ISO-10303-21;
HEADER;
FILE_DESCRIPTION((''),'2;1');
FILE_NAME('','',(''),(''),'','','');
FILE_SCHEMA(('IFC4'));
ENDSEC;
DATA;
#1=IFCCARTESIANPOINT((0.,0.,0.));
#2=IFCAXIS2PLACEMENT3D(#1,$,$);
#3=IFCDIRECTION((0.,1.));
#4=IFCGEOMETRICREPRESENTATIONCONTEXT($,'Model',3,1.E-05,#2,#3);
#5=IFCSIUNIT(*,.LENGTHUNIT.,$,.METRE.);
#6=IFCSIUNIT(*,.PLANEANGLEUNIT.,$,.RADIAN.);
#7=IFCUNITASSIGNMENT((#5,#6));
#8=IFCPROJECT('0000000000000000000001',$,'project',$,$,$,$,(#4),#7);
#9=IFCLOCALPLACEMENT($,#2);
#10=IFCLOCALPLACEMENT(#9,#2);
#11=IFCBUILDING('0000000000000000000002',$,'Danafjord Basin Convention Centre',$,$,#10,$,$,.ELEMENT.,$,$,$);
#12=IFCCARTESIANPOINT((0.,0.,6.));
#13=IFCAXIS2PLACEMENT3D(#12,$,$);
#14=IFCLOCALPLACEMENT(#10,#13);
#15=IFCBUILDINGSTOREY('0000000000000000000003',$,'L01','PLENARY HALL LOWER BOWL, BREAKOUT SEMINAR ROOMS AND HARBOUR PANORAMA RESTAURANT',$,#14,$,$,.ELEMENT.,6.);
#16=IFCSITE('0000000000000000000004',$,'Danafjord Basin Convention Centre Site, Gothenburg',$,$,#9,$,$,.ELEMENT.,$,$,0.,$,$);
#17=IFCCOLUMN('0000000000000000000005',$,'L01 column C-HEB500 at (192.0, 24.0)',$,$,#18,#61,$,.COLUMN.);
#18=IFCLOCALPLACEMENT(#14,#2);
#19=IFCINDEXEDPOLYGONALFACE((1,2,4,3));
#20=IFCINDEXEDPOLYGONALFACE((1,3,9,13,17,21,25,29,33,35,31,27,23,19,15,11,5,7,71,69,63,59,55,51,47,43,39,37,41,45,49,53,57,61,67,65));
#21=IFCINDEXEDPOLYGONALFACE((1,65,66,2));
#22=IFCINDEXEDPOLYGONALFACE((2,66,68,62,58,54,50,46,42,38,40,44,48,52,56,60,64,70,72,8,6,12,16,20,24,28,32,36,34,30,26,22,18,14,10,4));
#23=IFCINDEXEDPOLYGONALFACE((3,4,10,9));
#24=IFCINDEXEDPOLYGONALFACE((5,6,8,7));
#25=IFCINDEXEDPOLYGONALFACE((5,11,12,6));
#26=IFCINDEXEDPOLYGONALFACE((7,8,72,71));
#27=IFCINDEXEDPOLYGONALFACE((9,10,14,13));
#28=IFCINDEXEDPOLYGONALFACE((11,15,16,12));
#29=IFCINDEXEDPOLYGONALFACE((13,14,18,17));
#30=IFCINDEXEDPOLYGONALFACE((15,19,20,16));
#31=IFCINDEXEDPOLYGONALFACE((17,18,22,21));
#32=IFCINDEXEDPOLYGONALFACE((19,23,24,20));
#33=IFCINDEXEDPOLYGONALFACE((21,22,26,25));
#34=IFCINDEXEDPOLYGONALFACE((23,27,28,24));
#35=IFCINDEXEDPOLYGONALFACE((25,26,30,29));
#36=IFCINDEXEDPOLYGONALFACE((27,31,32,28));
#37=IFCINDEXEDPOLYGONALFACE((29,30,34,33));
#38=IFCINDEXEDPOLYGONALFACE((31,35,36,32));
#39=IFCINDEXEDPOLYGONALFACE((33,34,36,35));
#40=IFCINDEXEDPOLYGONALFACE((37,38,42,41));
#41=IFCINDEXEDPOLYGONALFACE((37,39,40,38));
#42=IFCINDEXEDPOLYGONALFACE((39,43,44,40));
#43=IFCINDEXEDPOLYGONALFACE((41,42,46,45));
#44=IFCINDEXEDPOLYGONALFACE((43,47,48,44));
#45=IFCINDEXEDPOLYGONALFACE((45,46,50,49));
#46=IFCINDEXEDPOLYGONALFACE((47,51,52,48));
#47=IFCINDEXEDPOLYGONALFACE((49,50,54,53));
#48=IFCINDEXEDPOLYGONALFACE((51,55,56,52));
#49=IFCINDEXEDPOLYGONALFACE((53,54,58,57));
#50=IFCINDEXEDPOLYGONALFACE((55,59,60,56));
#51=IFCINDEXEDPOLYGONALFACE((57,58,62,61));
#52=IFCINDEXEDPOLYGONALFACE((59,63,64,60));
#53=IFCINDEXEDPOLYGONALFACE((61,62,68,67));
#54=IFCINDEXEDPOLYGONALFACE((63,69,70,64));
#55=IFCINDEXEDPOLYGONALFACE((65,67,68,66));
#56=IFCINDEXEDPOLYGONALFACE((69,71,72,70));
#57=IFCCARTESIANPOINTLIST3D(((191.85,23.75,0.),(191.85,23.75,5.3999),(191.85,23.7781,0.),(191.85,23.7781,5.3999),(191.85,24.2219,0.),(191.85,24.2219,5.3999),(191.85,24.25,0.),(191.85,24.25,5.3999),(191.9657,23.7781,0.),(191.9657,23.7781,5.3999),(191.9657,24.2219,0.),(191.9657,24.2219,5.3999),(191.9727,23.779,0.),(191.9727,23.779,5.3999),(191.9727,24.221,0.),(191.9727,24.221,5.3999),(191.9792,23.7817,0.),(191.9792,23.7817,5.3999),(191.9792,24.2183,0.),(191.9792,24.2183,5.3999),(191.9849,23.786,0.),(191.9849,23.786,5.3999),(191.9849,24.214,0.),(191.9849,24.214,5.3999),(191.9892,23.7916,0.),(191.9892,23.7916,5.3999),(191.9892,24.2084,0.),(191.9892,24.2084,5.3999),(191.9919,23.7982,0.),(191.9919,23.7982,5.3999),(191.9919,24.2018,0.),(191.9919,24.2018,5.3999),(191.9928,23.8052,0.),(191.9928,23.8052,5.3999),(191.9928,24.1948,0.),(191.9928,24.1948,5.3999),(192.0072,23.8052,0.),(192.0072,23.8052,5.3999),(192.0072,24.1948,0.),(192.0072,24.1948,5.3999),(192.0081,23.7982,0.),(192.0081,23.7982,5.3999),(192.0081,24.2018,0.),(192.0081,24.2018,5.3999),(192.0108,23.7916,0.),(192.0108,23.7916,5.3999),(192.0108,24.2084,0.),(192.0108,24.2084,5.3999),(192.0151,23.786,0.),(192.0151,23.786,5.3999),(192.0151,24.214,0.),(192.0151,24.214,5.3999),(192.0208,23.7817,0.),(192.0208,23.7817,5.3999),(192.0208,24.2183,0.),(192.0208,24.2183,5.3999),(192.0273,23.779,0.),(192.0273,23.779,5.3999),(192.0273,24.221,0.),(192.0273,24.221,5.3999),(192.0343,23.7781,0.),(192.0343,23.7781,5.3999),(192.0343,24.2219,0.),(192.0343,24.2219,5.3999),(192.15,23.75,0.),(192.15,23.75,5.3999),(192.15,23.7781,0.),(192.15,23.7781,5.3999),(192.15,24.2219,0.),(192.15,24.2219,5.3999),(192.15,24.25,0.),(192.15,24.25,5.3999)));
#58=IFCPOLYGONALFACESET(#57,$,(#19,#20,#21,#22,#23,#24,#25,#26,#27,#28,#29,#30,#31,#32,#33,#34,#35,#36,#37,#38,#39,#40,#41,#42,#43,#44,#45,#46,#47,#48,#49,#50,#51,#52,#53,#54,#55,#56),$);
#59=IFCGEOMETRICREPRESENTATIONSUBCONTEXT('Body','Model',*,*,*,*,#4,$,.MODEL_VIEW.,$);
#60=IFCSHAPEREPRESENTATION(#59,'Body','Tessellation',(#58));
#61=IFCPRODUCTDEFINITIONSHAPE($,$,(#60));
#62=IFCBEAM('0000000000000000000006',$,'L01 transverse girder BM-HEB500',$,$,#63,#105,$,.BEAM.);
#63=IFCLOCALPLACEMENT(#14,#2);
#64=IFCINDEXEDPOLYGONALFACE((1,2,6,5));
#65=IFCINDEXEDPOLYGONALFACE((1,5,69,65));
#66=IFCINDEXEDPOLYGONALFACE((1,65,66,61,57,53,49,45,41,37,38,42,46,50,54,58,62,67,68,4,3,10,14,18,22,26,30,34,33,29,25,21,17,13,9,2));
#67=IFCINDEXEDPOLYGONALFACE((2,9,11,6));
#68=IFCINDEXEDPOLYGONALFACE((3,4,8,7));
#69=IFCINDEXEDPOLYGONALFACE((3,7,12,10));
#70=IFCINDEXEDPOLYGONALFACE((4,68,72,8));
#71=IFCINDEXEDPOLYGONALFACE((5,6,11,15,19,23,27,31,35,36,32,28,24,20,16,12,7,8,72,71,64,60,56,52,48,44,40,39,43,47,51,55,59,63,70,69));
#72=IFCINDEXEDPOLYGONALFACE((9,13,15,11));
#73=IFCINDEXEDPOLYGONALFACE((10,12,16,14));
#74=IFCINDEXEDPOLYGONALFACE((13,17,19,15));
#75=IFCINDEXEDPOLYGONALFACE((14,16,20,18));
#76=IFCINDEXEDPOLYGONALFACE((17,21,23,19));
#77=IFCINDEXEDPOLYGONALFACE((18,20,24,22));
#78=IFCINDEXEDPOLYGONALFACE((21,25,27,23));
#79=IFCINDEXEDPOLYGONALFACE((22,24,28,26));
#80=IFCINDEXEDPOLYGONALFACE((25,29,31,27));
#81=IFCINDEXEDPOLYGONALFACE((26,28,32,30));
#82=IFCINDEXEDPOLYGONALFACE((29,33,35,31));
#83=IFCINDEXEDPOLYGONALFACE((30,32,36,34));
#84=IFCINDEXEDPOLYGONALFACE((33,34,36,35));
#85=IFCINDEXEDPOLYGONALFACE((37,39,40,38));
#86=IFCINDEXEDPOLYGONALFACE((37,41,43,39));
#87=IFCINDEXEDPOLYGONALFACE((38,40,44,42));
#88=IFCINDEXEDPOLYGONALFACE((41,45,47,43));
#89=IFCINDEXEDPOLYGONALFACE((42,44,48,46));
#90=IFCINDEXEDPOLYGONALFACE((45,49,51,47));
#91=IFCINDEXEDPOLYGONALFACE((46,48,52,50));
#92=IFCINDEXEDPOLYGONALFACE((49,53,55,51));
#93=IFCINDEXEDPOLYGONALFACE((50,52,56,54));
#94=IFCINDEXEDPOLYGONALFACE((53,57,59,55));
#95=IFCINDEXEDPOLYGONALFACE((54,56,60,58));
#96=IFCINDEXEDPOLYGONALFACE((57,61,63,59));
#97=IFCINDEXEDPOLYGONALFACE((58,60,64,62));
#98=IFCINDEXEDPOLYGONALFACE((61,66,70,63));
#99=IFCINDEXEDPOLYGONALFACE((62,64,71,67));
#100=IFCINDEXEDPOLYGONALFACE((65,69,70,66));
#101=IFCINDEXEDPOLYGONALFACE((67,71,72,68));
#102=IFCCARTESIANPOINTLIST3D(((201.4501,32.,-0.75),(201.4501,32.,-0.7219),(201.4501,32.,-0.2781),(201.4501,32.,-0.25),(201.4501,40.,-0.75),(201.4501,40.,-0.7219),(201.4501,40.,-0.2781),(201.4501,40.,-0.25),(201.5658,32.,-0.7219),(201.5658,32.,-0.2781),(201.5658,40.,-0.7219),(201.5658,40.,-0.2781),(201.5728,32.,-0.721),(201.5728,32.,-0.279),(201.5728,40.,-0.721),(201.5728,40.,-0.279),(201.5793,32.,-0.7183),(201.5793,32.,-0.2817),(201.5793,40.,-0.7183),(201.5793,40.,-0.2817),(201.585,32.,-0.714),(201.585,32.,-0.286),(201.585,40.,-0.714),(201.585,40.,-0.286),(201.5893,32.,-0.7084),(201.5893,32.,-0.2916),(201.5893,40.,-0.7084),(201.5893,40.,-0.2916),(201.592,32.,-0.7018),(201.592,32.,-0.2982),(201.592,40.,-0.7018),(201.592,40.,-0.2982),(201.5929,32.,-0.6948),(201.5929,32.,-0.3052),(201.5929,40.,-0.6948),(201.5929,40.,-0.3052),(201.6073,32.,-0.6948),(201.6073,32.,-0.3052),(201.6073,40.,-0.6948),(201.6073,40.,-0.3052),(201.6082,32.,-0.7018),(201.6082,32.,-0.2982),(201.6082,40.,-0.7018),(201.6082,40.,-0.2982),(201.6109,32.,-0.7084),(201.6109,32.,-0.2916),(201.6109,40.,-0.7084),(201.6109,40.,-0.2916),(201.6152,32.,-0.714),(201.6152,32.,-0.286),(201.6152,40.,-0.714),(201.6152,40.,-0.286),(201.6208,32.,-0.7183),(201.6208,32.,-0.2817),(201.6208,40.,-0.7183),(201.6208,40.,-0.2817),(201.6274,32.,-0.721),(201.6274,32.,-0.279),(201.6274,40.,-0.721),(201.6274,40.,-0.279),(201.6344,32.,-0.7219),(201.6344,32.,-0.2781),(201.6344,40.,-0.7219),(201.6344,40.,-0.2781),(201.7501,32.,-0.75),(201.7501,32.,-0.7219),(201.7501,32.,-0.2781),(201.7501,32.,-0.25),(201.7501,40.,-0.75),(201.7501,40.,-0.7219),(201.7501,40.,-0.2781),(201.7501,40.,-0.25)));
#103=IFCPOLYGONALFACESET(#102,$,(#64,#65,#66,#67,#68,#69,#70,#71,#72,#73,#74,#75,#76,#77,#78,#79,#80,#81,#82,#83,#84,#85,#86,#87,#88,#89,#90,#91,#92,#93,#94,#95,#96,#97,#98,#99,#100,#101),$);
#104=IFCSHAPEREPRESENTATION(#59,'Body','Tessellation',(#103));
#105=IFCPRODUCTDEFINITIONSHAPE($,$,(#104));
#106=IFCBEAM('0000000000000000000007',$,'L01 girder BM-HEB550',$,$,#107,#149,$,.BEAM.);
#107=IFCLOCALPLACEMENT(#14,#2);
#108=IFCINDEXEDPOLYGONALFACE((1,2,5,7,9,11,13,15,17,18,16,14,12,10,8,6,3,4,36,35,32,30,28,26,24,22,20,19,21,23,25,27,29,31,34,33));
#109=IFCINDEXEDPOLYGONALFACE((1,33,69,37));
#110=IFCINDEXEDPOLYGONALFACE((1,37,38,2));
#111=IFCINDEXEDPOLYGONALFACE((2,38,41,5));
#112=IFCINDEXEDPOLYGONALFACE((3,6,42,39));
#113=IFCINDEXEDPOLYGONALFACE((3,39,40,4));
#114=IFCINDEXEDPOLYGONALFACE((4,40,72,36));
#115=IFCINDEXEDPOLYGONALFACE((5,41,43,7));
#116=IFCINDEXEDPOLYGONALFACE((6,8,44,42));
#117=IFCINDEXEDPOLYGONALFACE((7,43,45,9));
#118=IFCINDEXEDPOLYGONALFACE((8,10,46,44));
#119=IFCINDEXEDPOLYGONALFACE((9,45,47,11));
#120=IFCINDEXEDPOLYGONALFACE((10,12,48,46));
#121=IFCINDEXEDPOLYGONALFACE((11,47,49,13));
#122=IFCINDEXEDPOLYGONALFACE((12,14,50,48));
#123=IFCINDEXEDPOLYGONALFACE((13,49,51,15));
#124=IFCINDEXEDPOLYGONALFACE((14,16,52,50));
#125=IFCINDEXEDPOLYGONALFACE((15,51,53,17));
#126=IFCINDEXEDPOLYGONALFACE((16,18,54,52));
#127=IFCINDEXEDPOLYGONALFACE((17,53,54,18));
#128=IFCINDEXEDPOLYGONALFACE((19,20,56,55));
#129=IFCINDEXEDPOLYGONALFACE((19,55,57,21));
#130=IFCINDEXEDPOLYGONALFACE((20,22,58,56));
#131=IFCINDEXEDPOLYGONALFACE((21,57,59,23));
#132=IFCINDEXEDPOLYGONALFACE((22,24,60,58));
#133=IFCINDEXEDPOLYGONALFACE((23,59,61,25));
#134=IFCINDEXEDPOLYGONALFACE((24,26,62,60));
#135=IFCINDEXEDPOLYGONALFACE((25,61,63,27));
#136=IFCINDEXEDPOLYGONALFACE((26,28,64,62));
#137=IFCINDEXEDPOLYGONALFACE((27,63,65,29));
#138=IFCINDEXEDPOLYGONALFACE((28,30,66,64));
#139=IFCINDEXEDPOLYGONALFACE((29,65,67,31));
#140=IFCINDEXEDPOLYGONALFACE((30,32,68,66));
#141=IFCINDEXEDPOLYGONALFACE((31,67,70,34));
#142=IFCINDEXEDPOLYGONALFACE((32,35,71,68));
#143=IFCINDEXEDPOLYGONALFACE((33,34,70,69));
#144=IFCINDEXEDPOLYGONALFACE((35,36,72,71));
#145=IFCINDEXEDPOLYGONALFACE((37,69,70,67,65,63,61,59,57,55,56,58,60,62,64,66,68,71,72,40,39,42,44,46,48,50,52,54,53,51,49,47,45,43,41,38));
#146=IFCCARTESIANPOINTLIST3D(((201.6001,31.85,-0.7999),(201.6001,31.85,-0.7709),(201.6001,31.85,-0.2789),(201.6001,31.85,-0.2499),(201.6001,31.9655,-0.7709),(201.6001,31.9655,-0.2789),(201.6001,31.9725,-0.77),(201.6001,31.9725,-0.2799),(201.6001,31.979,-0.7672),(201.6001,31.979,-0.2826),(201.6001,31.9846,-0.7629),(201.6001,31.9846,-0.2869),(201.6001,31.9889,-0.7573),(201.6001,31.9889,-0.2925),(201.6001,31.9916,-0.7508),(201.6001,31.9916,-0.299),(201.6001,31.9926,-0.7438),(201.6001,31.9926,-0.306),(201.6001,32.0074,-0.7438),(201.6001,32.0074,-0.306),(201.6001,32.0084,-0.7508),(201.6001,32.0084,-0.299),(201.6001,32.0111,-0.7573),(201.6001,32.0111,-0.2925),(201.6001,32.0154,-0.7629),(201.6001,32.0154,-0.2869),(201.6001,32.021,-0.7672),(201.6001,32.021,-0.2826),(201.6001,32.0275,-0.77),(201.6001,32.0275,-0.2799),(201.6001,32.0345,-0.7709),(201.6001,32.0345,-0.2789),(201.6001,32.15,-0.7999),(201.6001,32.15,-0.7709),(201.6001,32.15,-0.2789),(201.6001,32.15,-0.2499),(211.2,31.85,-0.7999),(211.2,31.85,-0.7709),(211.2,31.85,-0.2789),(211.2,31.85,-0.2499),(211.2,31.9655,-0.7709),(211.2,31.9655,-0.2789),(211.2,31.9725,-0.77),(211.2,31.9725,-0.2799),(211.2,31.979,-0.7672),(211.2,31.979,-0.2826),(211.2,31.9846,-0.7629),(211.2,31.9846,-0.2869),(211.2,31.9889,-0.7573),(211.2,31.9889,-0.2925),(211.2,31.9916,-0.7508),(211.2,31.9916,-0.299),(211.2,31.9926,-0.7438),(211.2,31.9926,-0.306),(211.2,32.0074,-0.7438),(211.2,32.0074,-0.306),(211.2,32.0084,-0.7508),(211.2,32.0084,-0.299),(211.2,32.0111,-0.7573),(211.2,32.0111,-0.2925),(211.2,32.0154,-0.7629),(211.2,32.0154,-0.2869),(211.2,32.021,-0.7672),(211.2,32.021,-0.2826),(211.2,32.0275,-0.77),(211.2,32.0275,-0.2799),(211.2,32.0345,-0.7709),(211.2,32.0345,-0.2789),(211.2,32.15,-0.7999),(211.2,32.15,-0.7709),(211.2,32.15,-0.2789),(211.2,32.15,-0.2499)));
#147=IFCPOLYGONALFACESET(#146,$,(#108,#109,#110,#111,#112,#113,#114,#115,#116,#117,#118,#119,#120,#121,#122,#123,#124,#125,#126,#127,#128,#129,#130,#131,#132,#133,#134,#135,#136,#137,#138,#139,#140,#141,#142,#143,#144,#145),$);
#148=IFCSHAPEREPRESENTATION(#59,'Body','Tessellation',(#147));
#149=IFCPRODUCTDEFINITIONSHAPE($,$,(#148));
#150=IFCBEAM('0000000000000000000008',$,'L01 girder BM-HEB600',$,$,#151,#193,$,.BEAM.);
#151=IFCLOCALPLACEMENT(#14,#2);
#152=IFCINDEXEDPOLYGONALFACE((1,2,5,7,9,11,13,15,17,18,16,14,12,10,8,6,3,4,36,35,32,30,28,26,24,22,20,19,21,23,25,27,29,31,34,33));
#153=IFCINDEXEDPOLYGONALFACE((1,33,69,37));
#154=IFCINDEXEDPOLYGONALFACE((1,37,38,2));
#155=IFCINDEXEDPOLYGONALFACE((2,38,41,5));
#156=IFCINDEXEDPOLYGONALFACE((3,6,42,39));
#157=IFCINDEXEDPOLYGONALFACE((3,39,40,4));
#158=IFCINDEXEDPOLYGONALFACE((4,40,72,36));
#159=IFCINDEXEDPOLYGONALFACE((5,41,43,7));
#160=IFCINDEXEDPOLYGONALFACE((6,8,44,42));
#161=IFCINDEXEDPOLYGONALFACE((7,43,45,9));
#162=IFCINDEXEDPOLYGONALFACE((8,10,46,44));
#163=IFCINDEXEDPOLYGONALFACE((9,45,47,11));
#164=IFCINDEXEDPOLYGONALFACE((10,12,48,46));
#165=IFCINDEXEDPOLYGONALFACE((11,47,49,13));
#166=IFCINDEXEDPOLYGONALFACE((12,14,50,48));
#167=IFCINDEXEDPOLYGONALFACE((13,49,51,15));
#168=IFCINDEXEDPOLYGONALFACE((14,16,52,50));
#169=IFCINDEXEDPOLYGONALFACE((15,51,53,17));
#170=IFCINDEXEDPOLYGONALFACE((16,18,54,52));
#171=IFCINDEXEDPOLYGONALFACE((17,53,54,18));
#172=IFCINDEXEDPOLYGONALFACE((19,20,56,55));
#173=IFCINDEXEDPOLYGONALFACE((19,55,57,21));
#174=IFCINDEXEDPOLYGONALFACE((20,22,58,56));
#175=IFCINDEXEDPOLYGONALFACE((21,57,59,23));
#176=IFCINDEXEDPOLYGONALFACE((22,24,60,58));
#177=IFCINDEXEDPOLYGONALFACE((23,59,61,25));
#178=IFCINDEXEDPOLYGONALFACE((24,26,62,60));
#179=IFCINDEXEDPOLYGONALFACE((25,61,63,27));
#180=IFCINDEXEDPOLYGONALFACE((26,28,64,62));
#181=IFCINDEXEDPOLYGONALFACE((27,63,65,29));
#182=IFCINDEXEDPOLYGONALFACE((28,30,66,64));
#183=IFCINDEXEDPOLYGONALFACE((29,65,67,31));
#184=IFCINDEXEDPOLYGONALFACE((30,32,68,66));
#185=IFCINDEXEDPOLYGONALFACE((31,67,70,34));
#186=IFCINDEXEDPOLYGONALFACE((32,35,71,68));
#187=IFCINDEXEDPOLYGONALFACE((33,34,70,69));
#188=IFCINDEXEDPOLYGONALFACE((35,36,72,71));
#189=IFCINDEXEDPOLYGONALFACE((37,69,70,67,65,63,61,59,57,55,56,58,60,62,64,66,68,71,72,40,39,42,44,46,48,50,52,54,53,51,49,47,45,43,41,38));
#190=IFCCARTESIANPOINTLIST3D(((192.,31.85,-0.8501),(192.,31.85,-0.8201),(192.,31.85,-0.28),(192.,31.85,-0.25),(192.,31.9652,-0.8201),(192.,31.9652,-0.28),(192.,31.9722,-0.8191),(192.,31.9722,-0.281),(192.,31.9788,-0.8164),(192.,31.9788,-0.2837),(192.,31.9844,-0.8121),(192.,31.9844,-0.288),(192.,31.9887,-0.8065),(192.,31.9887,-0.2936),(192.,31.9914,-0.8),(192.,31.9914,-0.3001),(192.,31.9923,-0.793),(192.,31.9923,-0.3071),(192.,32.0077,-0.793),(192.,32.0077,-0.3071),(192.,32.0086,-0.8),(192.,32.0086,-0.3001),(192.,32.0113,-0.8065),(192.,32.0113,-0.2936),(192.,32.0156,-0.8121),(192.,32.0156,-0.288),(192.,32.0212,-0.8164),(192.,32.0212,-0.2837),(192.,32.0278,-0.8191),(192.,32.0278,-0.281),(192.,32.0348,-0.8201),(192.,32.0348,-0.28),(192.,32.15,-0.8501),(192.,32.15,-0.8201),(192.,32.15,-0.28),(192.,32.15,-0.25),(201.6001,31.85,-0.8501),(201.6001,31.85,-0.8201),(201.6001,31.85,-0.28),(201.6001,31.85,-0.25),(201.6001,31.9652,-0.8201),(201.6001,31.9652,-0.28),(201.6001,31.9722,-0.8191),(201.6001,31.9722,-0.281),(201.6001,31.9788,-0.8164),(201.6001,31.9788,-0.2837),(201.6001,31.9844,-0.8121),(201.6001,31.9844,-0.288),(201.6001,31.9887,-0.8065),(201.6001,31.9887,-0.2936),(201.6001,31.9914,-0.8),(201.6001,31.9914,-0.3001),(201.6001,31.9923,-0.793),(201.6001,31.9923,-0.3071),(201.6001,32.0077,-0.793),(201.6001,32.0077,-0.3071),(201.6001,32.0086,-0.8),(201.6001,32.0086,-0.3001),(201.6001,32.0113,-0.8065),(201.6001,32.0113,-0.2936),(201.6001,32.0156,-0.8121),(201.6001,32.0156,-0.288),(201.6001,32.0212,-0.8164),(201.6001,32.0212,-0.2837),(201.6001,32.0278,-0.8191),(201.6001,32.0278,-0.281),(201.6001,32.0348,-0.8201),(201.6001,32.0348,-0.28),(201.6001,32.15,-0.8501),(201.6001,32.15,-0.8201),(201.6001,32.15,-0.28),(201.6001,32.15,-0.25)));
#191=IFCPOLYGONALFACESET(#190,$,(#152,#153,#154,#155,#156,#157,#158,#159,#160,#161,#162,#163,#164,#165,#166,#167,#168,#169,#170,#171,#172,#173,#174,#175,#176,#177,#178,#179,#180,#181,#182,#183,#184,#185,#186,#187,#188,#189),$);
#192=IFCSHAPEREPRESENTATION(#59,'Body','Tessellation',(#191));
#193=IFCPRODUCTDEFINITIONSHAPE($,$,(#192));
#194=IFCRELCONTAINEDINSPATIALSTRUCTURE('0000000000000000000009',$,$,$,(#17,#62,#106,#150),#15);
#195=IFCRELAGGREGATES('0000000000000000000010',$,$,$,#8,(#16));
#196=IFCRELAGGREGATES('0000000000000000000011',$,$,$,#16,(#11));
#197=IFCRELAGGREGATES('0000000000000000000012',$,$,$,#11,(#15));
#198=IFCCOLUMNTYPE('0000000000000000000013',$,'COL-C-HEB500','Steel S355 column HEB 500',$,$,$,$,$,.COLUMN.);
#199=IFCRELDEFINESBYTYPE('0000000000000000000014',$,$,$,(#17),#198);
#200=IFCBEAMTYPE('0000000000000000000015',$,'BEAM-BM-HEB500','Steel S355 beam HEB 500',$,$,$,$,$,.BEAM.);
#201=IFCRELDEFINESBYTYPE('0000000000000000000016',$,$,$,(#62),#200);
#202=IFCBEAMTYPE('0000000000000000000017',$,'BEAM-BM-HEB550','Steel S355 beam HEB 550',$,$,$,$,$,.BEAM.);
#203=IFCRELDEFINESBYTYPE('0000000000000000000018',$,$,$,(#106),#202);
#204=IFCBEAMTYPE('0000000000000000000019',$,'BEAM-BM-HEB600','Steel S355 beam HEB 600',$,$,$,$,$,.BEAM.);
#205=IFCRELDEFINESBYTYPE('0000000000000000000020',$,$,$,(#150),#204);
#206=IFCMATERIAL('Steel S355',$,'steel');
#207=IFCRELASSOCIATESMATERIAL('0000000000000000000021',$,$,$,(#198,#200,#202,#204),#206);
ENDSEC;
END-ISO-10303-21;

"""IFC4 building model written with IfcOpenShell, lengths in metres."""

from ifc_helpers import new_model, si_unit, direction, frame, origin, origin_2d, place, context, subcontext, project, spatial, i_section, extrude, material, material_profile, profile_set, type_object, element, save


model = new_model("IFC4")

# Units and contexts
model_context = context("Model", 3, precision=1e-05, world=origin(), true_north=direction((0.0, 1.0)))
body_context = subcontext(model_context, "Body", "Model", "MODEL_VIEW")
ifc_project = project(units=[si_unit("LENGTHUNIT", "METRE"), si_unit("PLANEANGLEUNIT", "RADIAN")], contexts=[model_context])

# Site, building, storey
site_placement = place(None, origin())
site = spatial("IfcSite", under=ifc_project, at=site_placement, Name="Danafjord Basin Convention Centre Site, Gothenburg", CompositionType="ELEMENT", RefElevation=0.0)
building_placement = place(site_placement, origin())
building = spatial("IfcBuilding", under=site, at=building_placement, Name="Danafjord Basin Convention Centre", CompositionType="ELEMENT")
storey_placement = place(building_placement, frame((0.0, 0.0, 6.0)))
storey = spatial("IfcBuildingStorey", under=building, at=storey_placement, Name="L01", Description="PLENARY HALL LOWER BOWL, BREAKOUT SEMINAR ROOMS AND HARBOUR PANORAMA RESTAURANT", CompositionType="ELEMENT", Elevation=6.0)

# Column
ifc_material_1 = material(Name="Steel S355", Category="steel")
ifc_material_profile_1 = material_profile(ifc_material_1, i_section(OverallWidth=0.3, OverallDepth=0.5, WebThickness=0.0144, FlangeThickness=0.0281, FilletRadius=0.0271, at=origin_2d()), Name="HEB 500")
ifc_profile_set_1 = profile_set([ifc_material_profile_1], Name="Steel S355")
column_type_1 = type_object("IfcColumnType", Name="COL-C-HEB500", Description="Steel S355 column HEB 500", PredefinedType="COLUMN", material=ifc_profile_set_1)
column_1_placement = place(storey_placement, frame((192.0, 24.0, 0.0), z_axis=(0.0, 0.0, 1.0), x_axis=(1.0, 0.0, 0.0)))
element("IfcColumn", 1, at=column_1_placement, inside=storey, type_object=column_type_1, Name="L01 column C-HEB500 at (192.0, 24.0)", PredefinedType="COLUMN", context=body_context, shape_type="SweptSolid", body=[
    extrude(i_section(OverallWidth=0.3, OverallDepth=0.5, WebThickness=0.0144, FlangeThickness=0.0281, FilletRadius=0.0271, at=origin_2d()), origin(), (0.0, 0.0, 1.0), 5.3999),
])

# Beams
ifc_material_profile_2 = material_profile(ifc_material_1, i_section(OverallWidth=0.3, OverallDepth=0.5, WebThickness=0.0144, FlangeThickness=0.0281, FilletRadius=0.0271, at=origin_2d()), Name="HEB 500")
ifc_profile_set_2 = profile_set([ifc_material_profile_2], Name="Steel S355")
beam_type_1 = type_object("IfcBeamType", Name="BEAM-BM-HEB500", Description="Steel S355 beam HEB 500", PredefinedType="BEAM", material=ifc_profile_set_2)
beam_1_placement = place(storey_placement, frame((201.6001, 32.0, -0.5), z_axis=(0.0, 1.0, 0.0), x_axis=(-1.0, 0.0, 0.0)))
element("IfcBeam", 2, at=beam_1_placement, inside=storey, type_object=beam_type_1, Name="L01 transverse girder BM-HEB500", PredefinedType="BEAM", context=body_context, shape_type="SweptSolid", body=[
    extrude(i_section(OverallWidth=0.3, OverallDepth=0.5, WebThickness=0.0144, FlangeThickness=0.0281, FilletRadius=0.0271, at=origin_2d()), origin(), (0.0, 0.0, 1.0), 8.0),
])
ifc_material_profile_3 = material_profile(ifc_material_1, i_section(OverallWidth=0.3, OverallDepth=0.55, WebThickness=0.0149, FlangeThickness=0.0291, FilletRadius=0.0271, at=origin_2d()), Name="HEB 550")
ifc_profile_set_3 = profile_set([ifc_material_profile_3], Name="Steel S355")
beam_type_2 = type_object("IfcBeamType", Name="BEAM-BM-HEB550", Description="Steel S355 beam HEB 550", PredefinedType="BEAM", material=ifc_profile_set_3)
beam_2_placement = place(storey_placement, frame((201.6001, 32.0, -0.5249), z_axis=(1.0, 0.0, 0.0), x_axis=(0.0, 1.0, 0.0)))
element("IfcBeam", 3, at=beam_2_placement, inside=storey, type_object=beam_type_2, Name="L01 girder BM-HEB550", PredefinedType="BEAM", context=body_context, shape_type="SweptSolid", body=[
    extrude(i_section(OverallWidth=0.3, OverallDepth=0.55, WebThickness=0.0149, FlangeThickness=0.0291, FilletRadius=0.0271, at=origin_2d()), origin(), (0.0, 0.0, 1.0), 9.5999),
])
ifc_material_profile_4 = material_profile(ifc_material_1, i_section(OverallWidth=0.3, OverallDepth=0.6001, WebThickness=0.0154, FlangeThickness=0.03, FilletRadius=0.0271, at=origin_2d()), Name="HEB 600")
ifc_profile_set_4 = profile_set([ifc_material_profile_4], Name="Steel S355")
beam_type_3 = type_object("IfcBeamType", Name="BEAM-BM-HEB600", Description="Steel S355 beam HEB 600", PredefinedType="BEAM", material=ifc_profile_set_4)
beam_3_placement = place(storey_placement, frame((192.0, 32.0, -0.55), z_axis=(1.0, 0.0, 0.0), x_axis=(0.0, 1.0, 0.0)))
element("IfcBeam", 4, at=beam_3_placement, inside=storey, type_object=beam_type_3, Name="L01 girder BM-HEB600", PredefinedType="BEAM", context=body_context, shape_type="SweptSolid", body=[
    extrude(i_section(OverallWidth=0.3, OverallDepth=0.6001, WebThickness=0.0154, FlangeThickness=0.03, FilletRadius=0.0271, at=origin_2d()), origin(), (0.0, 0.0, 1.0), 9.6001),
])

save(model, "model.ifc")
